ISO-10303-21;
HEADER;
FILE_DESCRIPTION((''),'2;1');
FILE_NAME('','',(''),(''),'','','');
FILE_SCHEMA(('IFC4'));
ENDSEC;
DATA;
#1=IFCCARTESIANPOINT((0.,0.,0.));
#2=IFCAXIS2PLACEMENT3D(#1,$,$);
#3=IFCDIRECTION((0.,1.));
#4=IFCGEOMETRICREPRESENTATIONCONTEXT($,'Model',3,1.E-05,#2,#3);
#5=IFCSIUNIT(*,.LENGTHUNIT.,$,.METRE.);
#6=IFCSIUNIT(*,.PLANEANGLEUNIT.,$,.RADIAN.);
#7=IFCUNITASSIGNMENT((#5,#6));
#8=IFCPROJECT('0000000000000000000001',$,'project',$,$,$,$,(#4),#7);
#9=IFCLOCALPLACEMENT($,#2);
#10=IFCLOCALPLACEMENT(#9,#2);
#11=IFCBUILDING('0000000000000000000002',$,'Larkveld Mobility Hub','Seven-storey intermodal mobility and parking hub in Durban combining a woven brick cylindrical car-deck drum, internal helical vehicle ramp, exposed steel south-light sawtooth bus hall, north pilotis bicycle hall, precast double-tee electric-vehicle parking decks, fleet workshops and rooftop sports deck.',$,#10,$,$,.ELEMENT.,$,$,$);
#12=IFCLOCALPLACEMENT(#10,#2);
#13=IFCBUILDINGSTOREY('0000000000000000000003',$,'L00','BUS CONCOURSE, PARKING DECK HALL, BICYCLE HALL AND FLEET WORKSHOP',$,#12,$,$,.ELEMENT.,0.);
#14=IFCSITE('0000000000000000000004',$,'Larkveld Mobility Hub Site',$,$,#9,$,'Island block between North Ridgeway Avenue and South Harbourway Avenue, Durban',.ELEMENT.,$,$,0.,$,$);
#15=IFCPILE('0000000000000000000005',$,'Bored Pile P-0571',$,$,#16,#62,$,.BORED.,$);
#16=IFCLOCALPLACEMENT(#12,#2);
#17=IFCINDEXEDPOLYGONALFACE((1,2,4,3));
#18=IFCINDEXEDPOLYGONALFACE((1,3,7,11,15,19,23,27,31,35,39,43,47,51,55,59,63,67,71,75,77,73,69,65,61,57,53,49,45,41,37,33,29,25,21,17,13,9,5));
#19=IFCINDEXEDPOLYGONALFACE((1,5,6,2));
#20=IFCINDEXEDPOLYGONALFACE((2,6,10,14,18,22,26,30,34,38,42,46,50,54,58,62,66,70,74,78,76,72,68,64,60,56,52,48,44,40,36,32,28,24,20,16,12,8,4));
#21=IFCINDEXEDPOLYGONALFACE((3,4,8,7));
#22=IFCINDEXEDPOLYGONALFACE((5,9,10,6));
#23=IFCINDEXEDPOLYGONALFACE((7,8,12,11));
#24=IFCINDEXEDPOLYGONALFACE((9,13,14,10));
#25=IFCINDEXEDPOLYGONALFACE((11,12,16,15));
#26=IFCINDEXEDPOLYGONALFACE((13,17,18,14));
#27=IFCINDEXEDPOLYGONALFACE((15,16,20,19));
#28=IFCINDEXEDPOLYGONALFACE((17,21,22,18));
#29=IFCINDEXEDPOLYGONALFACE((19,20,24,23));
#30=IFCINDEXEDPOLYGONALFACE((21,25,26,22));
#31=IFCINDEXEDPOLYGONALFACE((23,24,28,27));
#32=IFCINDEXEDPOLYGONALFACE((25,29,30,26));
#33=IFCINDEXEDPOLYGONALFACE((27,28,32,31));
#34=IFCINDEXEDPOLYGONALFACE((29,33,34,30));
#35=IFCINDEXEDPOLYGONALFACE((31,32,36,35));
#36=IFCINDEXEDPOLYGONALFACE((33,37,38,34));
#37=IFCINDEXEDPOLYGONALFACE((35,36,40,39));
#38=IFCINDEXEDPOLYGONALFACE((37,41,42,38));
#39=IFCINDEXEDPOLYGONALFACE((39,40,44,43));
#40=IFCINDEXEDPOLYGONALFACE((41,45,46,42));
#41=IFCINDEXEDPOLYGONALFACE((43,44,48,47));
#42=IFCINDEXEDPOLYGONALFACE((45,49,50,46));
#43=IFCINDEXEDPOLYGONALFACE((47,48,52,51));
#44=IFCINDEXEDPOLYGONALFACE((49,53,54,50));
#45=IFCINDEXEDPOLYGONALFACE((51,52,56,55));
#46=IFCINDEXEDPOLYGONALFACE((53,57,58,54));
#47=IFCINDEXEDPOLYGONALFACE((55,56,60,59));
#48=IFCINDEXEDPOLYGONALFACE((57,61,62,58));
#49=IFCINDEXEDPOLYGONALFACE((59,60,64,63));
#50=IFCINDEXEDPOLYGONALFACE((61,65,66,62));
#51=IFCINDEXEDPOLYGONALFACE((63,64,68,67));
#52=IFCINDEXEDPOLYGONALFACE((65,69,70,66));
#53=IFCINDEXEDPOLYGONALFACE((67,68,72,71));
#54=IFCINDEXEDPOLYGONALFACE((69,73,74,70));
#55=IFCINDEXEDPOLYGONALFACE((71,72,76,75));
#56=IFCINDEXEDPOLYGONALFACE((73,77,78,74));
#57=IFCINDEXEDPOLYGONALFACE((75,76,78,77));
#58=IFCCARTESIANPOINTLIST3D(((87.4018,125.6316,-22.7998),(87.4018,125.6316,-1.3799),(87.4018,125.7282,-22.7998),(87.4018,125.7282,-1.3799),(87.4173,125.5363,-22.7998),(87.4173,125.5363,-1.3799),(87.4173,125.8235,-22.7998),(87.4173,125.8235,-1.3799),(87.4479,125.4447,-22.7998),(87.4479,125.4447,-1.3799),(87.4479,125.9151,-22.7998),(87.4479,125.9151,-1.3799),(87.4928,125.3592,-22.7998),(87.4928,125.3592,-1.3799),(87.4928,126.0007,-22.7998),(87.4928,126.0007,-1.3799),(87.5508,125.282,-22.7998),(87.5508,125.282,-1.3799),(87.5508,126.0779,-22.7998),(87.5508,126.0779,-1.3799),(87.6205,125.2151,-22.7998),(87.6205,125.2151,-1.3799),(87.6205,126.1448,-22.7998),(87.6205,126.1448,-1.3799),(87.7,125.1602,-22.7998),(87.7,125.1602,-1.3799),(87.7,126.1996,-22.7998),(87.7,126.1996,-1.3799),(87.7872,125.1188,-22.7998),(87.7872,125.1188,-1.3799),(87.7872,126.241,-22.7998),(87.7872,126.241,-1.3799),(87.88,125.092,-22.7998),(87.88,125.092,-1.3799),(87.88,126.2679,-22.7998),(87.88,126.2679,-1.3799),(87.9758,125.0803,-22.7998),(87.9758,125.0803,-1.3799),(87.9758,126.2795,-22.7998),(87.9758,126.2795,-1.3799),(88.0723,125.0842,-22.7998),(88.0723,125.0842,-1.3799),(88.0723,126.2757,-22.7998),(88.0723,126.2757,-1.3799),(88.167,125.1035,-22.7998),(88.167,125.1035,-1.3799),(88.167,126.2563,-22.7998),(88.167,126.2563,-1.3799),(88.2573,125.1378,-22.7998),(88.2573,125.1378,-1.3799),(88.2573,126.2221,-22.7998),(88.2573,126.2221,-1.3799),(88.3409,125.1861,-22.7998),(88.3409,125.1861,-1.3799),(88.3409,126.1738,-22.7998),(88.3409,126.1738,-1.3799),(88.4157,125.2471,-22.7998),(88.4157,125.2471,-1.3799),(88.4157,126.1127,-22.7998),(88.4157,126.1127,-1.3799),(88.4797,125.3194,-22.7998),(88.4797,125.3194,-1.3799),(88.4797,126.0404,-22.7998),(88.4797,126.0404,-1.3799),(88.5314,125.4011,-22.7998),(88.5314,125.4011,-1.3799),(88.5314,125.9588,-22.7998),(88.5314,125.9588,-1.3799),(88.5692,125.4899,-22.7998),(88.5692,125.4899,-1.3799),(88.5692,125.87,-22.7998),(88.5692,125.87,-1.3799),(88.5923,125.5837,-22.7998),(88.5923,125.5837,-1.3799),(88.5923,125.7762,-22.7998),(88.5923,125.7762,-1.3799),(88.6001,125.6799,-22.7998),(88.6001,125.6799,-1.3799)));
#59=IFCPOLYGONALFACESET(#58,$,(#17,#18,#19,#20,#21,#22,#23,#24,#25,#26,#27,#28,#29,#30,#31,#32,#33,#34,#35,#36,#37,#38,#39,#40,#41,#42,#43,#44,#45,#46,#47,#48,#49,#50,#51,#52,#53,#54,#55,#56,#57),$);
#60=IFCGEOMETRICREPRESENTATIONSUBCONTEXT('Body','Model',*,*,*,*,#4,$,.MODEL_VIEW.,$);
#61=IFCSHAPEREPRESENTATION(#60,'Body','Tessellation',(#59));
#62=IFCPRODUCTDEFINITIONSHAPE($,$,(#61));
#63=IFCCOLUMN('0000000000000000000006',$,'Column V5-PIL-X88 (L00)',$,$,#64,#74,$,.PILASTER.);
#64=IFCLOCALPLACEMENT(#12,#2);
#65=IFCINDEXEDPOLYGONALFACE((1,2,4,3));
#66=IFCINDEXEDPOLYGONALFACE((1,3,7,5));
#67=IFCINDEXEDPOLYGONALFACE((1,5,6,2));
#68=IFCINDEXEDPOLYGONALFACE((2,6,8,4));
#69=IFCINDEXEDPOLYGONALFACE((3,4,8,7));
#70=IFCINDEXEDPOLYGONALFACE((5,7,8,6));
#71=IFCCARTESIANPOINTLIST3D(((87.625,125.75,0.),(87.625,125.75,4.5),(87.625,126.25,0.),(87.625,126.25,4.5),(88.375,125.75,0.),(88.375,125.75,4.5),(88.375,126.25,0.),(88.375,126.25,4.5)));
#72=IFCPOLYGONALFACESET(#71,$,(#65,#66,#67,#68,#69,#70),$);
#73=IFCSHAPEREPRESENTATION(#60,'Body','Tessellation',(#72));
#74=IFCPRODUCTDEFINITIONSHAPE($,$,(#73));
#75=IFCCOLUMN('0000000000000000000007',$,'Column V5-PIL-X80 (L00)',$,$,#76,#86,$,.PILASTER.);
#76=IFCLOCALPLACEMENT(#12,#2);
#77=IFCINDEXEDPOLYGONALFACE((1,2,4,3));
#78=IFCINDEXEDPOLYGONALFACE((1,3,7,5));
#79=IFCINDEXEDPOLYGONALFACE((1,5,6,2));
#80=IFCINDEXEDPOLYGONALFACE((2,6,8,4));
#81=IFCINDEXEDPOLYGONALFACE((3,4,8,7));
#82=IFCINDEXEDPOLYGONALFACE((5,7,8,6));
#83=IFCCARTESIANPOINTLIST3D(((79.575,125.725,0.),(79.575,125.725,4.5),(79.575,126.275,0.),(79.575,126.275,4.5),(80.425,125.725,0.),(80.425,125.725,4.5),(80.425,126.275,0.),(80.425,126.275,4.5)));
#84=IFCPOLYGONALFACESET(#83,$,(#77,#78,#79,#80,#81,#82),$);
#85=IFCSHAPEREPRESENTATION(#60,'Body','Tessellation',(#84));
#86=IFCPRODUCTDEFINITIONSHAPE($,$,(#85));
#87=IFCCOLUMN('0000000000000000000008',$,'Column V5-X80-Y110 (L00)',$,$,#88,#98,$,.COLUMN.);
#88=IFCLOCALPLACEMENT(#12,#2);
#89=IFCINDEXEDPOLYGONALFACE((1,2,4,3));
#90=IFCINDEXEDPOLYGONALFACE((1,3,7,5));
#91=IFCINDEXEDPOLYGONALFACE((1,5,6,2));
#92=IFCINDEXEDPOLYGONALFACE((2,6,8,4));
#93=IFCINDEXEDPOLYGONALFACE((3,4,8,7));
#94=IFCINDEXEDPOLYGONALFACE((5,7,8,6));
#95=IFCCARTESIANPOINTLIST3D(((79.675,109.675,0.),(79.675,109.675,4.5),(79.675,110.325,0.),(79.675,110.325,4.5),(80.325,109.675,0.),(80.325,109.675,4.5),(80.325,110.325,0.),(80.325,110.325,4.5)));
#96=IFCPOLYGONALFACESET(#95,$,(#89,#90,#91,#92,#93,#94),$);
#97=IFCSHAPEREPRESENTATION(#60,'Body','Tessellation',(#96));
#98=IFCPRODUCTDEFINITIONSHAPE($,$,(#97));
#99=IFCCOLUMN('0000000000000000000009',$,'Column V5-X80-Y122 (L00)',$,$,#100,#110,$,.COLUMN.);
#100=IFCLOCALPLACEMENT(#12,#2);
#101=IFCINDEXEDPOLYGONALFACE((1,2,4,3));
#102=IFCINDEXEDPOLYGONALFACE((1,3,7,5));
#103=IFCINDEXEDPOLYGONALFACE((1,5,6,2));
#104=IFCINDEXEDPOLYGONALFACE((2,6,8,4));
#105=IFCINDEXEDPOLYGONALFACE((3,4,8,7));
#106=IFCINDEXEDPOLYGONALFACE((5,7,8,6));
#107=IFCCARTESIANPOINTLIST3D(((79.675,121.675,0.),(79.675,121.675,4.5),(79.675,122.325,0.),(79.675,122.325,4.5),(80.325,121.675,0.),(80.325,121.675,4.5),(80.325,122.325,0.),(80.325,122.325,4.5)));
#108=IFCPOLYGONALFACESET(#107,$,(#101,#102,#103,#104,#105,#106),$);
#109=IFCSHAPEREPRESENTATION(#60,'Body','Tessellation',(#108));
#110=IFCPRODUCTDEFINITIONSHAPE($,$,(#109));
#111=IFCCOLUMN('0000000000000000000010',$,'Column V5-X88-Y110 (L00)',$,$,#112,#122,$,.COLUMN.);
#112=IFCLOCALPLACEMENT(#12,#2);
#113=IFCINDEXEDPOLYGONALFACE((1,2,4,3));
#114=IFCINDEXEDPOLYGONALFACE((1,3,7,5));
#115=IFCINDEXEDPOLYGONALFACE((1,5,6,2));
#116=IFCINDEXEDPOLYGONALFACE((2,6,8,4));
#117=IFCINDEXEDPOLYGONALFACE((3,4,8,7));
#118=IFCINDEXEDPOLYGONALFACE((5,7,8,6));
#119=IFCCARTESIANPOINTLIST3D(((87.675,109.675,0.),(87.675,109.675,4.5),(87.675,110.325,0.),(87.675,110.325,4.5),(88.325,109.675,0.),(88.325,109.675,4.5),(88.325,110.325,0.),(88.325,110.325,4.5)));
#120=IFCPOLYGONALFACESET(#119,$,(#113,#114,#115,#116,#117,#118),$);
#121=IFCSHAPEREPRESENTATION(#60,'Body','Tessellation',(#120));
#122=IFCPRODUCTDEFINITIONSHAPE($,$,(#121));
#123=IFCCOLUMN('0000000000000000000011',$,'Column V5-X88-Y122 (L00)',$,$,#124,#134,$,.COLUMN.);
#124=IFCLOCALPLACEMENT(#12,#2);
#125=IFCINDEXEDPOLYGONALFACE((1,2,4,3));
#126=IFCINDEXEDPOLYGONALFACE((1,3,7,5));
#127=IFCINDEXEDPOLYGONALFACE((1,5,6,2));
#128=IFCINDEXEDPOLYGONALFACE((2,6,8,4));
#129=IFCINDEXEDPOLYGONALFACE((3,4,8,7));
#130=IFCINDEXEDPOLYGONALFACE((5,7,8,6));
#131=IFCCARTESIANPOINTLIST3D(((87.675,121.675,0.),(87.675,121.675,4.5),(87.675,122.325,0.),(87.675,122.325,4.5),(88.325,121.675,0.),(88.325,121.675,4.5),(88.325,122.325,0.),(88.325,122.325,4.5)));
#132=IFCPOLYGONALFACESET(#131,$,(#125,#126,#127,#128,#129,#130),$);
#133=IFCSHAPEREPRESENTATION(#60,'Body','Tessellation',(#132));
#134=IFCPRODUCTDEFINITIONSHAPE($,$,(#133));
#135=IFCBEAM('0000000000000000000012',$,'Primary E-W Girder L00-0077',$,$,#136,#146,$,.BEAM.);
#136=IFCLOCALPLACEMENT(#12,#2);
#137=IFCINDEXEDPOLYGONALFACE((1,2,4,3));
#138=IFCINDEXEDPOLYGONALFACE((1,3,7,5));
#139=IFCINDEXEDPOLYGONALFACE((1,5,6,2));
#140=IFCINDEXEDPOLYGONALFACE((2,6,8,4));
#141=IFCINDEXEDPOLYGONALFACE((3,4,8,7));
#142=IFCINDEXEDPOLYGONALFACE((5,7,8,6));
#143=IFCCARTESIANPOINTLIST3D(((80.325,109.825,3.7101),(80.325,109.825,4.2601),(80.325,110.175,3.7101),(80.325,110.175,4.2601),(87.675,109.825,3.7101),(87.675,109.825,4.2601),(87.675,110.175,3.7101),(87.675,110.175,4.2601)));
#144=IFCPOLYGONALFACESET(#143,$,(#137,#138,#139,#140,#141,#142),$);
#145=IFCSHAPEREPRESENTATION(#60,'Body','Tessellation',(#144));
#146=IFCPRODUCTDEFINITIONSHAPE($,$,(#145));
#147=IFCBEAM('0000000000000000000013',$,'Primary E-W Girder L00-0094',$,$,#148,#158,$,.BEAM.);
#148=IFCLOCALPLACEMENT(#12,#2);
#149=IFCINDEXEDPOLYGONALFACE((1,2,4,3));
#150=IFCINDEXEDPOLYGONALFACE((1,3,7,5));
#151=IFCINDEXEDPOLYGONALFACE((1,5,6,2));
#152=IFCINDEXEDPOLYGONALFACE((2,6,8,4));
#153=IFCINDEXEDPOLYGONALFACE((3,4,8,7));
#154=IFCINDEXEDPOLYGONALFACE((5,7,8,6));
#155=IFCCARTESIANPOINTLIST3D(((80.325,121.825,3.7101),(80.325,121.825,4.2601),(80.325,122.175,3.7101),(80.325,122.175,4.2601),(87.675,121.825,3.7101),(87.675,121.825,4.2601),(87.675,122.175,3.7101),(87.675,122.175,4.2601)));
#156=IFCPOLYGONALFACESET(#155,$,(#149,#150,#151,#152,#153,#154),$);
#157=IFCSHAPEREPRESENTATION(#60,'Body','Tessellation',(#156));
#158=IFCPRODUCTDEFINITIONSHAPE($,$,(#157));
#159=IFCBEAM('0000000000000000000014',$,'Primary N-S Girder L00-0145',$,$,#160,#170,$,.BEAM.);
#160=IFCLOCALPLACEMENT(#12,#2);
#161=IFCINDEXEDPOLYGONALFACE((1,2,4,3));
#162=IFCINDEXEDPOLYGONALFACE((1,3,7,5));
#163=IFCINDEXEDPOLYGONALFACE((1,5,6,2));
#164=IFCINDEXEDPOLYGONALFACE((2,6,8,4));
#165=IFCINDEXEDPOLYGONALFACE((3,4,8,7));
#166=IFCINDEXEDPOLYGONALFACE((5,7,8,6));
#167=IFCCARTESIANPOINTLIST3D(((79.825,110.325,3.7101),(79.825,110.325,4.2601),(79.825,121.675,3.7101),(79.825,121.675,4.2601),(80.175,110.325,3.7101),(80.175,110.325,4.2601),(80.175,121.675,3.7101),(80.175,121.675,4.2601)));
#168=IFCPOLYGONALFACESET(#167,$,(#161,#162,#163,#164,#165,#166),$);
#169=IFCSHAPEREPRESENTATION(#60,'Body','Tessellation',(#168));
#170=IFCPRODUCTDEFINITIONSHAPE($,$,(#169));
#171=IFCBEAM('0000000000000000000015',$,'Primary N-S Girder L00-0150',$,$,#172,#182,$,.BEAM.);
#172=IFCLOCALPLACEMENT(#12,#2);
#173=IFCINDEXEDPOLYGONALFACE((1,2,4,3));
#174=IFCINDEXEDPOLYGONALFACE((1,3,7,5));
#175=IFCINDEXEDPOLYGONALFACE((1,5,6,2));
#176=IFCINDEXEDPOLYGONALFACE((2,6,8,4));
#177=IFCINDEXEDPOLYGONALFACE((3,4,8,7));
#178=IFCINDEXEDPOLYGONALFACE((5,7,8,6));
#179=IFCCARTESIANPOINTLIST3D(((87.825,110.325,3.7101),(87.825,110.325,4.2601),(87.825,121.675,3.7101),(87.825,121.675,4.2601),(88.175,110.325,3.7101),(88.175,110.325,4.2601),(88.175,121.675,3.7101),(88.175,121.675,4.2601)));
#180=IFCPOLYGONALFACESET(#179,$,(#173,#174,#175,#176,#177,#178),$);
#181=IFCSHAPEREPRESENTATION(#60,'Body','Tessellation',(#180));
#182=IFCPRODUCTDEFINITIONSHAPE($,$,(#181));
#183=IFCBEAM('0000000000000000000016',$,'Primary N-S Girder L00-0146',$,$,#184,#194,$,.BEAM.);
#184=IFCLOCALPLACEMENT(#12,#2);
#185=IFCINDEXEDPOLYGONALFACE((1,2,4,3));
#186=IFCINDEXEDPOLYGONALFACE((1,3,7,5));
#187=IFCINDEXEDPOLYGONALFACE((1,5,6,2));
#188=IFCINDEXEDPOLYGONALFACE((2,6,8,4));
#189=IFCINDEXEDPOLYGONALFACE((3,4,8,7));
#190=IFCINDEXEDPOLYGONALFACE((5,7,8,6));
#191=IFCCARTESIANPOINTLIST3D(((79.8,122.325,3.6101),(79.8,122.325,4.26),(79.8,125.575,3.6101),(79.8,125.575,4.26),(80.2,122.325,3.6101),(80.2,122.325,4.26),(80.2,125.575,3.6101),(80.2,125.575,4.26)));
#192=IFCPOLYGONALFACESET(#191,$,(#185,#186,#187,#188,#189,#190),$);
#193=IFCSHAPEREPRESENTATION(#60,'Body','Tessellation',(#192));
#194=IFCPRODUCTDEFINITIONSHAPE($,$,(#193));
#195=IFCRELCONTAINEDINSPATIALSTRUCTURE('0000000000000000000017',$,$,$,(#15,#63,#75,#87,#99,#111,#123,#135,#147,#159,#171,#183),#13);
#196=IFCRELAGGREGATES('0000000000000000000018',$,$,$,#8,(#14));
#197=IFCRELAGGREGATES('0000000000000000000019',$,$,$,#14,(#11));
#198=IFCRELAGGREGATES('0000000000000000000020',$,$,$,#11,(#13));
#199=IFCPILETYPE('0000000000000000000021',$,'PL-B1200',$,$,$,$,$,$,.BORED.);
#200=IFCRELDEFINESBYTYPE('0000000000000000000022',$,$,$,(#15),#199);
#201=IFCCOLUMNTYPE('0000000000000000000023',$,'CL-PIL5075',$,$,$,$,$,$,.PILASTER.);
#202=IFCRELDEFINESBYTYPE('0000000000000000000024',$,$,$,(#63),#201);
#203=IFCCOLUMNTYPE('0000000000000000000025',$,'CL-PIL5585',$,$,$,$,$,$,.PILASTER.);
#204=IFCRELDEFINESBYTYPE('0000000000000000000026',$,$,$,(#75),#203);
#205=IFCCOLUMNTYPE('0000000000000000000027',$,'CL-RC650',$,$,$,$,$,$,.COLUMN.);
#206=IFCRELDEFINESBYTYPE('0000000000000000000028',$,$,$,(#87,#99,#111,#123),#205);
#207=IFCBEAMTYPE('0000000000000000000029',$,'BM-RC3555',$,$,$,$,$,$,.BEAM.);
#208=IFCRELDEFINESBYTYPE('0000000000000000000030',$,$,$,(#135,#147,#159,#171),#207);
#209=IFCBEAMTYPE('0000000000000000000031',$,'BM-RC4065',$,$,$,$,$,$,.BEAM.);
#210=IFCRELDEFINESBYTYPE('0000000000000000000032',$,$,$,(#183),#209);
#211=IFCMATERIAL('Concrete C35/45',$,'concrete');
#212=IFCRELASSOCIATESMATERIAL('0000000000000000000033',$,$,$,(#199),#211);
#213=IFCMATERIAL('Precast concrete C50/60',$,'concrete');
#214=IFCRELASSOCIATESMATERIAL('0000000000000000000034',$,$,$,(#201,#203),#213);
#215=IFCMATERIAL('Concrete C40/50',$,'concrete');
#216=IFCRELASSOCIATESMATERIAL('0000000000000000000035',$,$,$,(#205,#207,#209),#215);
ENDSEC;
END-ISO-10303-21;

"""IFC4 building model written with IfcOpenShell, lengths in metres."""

from ifc_helpers import new_model, si_unit, direction, frame, origin, origin_2d, place, context, subcontext, project, spatial, rectangle, circle, extrude, material, material_profile, profile_set, type_object, element, save


model = new_model("IFC4")

# Units and contexts
model_context = context("Model", 3, precision=1e-05, world=origin(), true_north=direction((0.0, 1.0)))
body_context = subcontext(model_context, "Body", "Model", "MODEL_VIEW")
ifc_project = project(units=[si_unit("LENGTHUNIT", "METRE"), si_unit("PLANEANGLEUNIT", "RADIAN")], contexts=[model_context])

# Site, building, storey
site_placement = place(None, origin())
site = spatial("IfcSite", under=ifc_project, at=site_placement, Name="Larkveld Mobility Hub Site", LongName="Island block between North Ridgeway Avenue and South Harbourway Avenue, Durban", CompositionType="ELEMENT", RefElevation=0.0)
building_placement = place(site_placement, origin())
building = spatial("IfcBuilding", under=site, at=building_placement, Name="Larkveld Mobility Hub", Description="Seven-storey intermodal mobility and parking hub in Durban combining a woven brick cylindrical car-deck drum, internal helical vehicle ramp, exposed steel south-light sawtooth bus hall, north pilotis bicycle hall, precast double-tee electric-vehicle parking decks, fleet workshops and rooftop sports deck.", CompositionType="ELEMENT")
storey_placement = place(building_placement, origin())
storey = spatial("IfcBuildingStorey", under=building, at=storey_placement, Name="L00", Description="BUS CONCOURSE, PARKING DECK HALL, BICYCLE HALL AND FLEET WORKSHOP", CompositionType="ELEMENT", Elevation=0.0)

# Shared definitions
ifc_material_1 = material(Name="Concrete C35/45", Category="concrete")

# Pile
ifc_material_profile_1 = material_profile(ifc_material_1, circle(Radius=0.6001, at=origin_2d()), Name="PILE D1200")
ifc_profile_set_1 = profile_set([ifc_material_profile_1], Name="Concrete C35/45")
pile_type_1 = type_object("IfcPileType", Name="PL-B1200", PredefinedType="BORED", material=ifc_profile_set_1)
for number, where, z_axis, x_axis, name in (
    (1, (88.0, 125.6799, -1.3799), (0.0, 0.0, -1.0), (1.0, 0.0, 0.0), "Bored Pile P-0571"),
):
    element("IfcPile", number, at=place(storey_placement, frame(where, z_axis=z_axis, x_axis=x_axis)), inside=storey, type_object=pile_type_1, Name=name, PredefinedType="BORED", context=body_context, shape_type="SweptSolid", body=[
        extrude(circle(Radius=0.6001, at=origin_2d()), origin(), (0.0, 0.0, 1.0), 21.4199),
    ])

# Columns
ifc_material_2 = material(Name="Precast concrete C50/60", Category="concrete")
ifc_material_profile_2 = material_profile(ifc_material_2, rectangle(XDim=0.5, YDim=0.75, at=origin_2d()), Name="PC PIL 500x750")
ifc_profile_set_2 = profile_set([ifc_material_profile_2], Name="Precast concrete C50/60")
column_type_1 = type_object("IfcColumnType", Name="CL-PIL5075", PredefinedType="PILASTER", material=ifc_profile_set_2)
column_1_placement = place(storey_placement, frame((88.0, 126.0, 0.0), z_axis=(0.0, 0.0, 1.0), x_axis=(0.0, 1.0, 0.0)))
element("IfcColumn", 2, at=column_1_placement, inside=storey, type_object=column_type_1, Name="Column V5-PIL-X88 (L00)", PredefinedType="PILASTER", context=body_context, shape_type="SweptSolid", body=[
    extrude(rectangle(XDim=0.5, YDim=0.75, at=origin_2d()), origin(), (0.0, 0.0, 1.0), 4.5),
])
ifc_material_profile_3 = material_profile(ifc_material_2, rectangle(XDim=0.55, YDim=0.8501, at=origin_2d()), Name="PC PIL 550x850")
ifc_profile_set_3 = profile_set([ifc_material_profile_3], Name="Precast concrete C50/60")
column_type_2 = type_object("IfcColumnType", Name="CL-PIL5585", PredefinedType="PILASTER", material=ifc_profile_set_3)
column_2_placement = place(storey_placement, frame((80.0, 126.0, 0.0), z_axis=(0.0, 0.0, 1.0), x_axis=(0.0, 1.0, 0.0)))
element("IfcColumn", 3, at=column_2_placement, inside=storey, type_object=column_type_2, Name="Column V5-PIL-X80 (L00)", PredefinedType="PILASTER", context=body_context, shape_type="SweptSolid", body=[
    extrude(rectangle(XDim=0.55, YDim=0.8501, at=origin_2d()), origin(), (0.0, 0.0, 1.0), 4.5),
])
ifc_material_3 = material(Name="Concrete C40/50", Category="concrete")
ifc_material_profile_4 = material_profile(ifc_material_3, rectangle(XDim=0.6499, YDim=0.6499, at=origin_2d()), Name="RC COL 650x650")
ifc_profile_set_4 = profile_set([ifc_material_profile_4], Name="Concrete C40/50")
column_type_3 = type_object("IfcColumnType", Name="CL-RC650", PredefinedType="COLUMN", material=ifc_profile_set_4)
for number, where, z_axis, x_axis, name in (
    (4, (80.0, 110.0, 0.0), (0.0, 0.0, 1.0), (1.0, 0.0, 0.0), "Column V5-X80-Y110 (L00)"),
    (5, (80.0, 122.0, 0.0), (0.0, 0.0, 1.0), (1.0, 0.0, 0.0), "Column V5-X80-Y122 (L00)"),
    (6, (88.0, 110.0, 0.0), (0.0, 0.0, 1.0), (1.0, 0.0, 0.0), "Column V5-X88-Y110 (L00)"),
    (7, (88.0, 122.0, 0.0), (0.0, 0.0, 1.0), (1.0, 0.0, 0.0), "Column V5-X88-Y122 (L00)"),
):
    element("IfcColumn", number, at=place(storey_placement, frame(where, z_axis=z_axis, x_axis=x_axis)), inside=storey, type_object=column_type_3, Name=name, PredefinedType="COLUMN", context=body_context, shape_type="SweptSolid", body=[
        extrude(rectangle(XDim=0.6499, YDim=0.6499, at=origin_2d()), origin(), (0.0, 0.0, 1.0), 4.5),
    ])

# Beams
ifc_material_profile_5 = material_profile(ifc_material_3, rectangle(XDim=0.3501, YDim=0.55, at=origin_2d()), Name="RC BM 350x550")
ifc_profile_set_5 = profile_set([ifc_material_profile_5], Name="Concrete C40/50")
beam_type_1 = type_object("IfcBeamType", Name="BM-RC3555", PredefinedType="BEAM", material=ifc_profile_set_5)
for number, where, z_axis, x_axis, name in (
    (8, (80.325, 110.0, 3.9851), (1.0, 0.0, 0.0), (0.0, 1.0, 0.0), "Primary E-W Girder L00-0077"),
    (9, (80.325, 122.0, 3.9851), (1.0, 0.0, 0.0), (0.0, 1.0, 0.0), "Primary E-W Girder L00-0094"),
):
    element("IfcBeam", number, at=place(storey_placement, frame(where, z_axis=z_axis, x_axis=x_axis)), inside=storey, type_object=beam_type_1, Name=name, PredefinedType="BEAM", context=body_context, shape_type="SweptSolid", body=[
        extrude(rectangle(XDim=0.3501, YDim=0.55, at=origin_2d()), origin(), (0.0, 0.0, 1.0), 7.3501),
    ])
for number, where, z_axis, x_axis, name in (
    (10, (80.0, 110.325, 3.9851), (0.0, 1.0, 0.0), (-1.0, 0.0, 0.0), "Primary N-S Girder L00-0145"),
    (11, (88.0, 110.325, 3.9851), (0.0, 1.0, 0.0), (-1.0, 0.0, 0.0), "Primary N-S Girder L00-0150"),
):
    element("IfcBeam", number, at=place(storey_placement, frame(where, z_axis=z_axis, x_axis=x_axis)), inside=storey, type_object=beam_type_1, Name=name, PredefinedType="BEAM", context=body_context, shape_type="SweptSolid", body=[
        extrude(rectangle(XDim=0.3501, YDim=0.55, at=origin_2d()), origin(), (0.0, 0.0, 1.0), 11.3501),
    ])
ifc_material_profile_6 = material_profile(ifc_material_3, rectangle(XDim=0.3999, YDim=0.6499, at=origin_2d()), Name="RC BM 400x650")
ifc_profile_set_6 = profile_set([ifc_material_profile_6], Name="Concrete C40/50")
beam_type_2 = type_object("IfcBeamType", Name="BM-RC4065", PredefinedType="BEAM", material=ifc_profile_set_6)
beam_1_placement = place(storey_placement, frame((80.0, 122.325, 3.9351), z_axis=(0.0, 1.0, 0.0), x_axis=(-1.0, 0.0, 0.0)))
element("IfcBeam", 12, at=beam_1_placement, inside=storey, type_object=beam_type_2, Name="Primary N-S Girder L00-0146", PredefinedType="BEAM", context=body_context, shape_type="SweptSolid", body=[
    extrude(rectangle(XDim=0.3999, YDim=0.6499, at=origin_2d()), origin(), (0.0, 0.0, 1.0), 3.25),
])

save(model, "model.ifc")
